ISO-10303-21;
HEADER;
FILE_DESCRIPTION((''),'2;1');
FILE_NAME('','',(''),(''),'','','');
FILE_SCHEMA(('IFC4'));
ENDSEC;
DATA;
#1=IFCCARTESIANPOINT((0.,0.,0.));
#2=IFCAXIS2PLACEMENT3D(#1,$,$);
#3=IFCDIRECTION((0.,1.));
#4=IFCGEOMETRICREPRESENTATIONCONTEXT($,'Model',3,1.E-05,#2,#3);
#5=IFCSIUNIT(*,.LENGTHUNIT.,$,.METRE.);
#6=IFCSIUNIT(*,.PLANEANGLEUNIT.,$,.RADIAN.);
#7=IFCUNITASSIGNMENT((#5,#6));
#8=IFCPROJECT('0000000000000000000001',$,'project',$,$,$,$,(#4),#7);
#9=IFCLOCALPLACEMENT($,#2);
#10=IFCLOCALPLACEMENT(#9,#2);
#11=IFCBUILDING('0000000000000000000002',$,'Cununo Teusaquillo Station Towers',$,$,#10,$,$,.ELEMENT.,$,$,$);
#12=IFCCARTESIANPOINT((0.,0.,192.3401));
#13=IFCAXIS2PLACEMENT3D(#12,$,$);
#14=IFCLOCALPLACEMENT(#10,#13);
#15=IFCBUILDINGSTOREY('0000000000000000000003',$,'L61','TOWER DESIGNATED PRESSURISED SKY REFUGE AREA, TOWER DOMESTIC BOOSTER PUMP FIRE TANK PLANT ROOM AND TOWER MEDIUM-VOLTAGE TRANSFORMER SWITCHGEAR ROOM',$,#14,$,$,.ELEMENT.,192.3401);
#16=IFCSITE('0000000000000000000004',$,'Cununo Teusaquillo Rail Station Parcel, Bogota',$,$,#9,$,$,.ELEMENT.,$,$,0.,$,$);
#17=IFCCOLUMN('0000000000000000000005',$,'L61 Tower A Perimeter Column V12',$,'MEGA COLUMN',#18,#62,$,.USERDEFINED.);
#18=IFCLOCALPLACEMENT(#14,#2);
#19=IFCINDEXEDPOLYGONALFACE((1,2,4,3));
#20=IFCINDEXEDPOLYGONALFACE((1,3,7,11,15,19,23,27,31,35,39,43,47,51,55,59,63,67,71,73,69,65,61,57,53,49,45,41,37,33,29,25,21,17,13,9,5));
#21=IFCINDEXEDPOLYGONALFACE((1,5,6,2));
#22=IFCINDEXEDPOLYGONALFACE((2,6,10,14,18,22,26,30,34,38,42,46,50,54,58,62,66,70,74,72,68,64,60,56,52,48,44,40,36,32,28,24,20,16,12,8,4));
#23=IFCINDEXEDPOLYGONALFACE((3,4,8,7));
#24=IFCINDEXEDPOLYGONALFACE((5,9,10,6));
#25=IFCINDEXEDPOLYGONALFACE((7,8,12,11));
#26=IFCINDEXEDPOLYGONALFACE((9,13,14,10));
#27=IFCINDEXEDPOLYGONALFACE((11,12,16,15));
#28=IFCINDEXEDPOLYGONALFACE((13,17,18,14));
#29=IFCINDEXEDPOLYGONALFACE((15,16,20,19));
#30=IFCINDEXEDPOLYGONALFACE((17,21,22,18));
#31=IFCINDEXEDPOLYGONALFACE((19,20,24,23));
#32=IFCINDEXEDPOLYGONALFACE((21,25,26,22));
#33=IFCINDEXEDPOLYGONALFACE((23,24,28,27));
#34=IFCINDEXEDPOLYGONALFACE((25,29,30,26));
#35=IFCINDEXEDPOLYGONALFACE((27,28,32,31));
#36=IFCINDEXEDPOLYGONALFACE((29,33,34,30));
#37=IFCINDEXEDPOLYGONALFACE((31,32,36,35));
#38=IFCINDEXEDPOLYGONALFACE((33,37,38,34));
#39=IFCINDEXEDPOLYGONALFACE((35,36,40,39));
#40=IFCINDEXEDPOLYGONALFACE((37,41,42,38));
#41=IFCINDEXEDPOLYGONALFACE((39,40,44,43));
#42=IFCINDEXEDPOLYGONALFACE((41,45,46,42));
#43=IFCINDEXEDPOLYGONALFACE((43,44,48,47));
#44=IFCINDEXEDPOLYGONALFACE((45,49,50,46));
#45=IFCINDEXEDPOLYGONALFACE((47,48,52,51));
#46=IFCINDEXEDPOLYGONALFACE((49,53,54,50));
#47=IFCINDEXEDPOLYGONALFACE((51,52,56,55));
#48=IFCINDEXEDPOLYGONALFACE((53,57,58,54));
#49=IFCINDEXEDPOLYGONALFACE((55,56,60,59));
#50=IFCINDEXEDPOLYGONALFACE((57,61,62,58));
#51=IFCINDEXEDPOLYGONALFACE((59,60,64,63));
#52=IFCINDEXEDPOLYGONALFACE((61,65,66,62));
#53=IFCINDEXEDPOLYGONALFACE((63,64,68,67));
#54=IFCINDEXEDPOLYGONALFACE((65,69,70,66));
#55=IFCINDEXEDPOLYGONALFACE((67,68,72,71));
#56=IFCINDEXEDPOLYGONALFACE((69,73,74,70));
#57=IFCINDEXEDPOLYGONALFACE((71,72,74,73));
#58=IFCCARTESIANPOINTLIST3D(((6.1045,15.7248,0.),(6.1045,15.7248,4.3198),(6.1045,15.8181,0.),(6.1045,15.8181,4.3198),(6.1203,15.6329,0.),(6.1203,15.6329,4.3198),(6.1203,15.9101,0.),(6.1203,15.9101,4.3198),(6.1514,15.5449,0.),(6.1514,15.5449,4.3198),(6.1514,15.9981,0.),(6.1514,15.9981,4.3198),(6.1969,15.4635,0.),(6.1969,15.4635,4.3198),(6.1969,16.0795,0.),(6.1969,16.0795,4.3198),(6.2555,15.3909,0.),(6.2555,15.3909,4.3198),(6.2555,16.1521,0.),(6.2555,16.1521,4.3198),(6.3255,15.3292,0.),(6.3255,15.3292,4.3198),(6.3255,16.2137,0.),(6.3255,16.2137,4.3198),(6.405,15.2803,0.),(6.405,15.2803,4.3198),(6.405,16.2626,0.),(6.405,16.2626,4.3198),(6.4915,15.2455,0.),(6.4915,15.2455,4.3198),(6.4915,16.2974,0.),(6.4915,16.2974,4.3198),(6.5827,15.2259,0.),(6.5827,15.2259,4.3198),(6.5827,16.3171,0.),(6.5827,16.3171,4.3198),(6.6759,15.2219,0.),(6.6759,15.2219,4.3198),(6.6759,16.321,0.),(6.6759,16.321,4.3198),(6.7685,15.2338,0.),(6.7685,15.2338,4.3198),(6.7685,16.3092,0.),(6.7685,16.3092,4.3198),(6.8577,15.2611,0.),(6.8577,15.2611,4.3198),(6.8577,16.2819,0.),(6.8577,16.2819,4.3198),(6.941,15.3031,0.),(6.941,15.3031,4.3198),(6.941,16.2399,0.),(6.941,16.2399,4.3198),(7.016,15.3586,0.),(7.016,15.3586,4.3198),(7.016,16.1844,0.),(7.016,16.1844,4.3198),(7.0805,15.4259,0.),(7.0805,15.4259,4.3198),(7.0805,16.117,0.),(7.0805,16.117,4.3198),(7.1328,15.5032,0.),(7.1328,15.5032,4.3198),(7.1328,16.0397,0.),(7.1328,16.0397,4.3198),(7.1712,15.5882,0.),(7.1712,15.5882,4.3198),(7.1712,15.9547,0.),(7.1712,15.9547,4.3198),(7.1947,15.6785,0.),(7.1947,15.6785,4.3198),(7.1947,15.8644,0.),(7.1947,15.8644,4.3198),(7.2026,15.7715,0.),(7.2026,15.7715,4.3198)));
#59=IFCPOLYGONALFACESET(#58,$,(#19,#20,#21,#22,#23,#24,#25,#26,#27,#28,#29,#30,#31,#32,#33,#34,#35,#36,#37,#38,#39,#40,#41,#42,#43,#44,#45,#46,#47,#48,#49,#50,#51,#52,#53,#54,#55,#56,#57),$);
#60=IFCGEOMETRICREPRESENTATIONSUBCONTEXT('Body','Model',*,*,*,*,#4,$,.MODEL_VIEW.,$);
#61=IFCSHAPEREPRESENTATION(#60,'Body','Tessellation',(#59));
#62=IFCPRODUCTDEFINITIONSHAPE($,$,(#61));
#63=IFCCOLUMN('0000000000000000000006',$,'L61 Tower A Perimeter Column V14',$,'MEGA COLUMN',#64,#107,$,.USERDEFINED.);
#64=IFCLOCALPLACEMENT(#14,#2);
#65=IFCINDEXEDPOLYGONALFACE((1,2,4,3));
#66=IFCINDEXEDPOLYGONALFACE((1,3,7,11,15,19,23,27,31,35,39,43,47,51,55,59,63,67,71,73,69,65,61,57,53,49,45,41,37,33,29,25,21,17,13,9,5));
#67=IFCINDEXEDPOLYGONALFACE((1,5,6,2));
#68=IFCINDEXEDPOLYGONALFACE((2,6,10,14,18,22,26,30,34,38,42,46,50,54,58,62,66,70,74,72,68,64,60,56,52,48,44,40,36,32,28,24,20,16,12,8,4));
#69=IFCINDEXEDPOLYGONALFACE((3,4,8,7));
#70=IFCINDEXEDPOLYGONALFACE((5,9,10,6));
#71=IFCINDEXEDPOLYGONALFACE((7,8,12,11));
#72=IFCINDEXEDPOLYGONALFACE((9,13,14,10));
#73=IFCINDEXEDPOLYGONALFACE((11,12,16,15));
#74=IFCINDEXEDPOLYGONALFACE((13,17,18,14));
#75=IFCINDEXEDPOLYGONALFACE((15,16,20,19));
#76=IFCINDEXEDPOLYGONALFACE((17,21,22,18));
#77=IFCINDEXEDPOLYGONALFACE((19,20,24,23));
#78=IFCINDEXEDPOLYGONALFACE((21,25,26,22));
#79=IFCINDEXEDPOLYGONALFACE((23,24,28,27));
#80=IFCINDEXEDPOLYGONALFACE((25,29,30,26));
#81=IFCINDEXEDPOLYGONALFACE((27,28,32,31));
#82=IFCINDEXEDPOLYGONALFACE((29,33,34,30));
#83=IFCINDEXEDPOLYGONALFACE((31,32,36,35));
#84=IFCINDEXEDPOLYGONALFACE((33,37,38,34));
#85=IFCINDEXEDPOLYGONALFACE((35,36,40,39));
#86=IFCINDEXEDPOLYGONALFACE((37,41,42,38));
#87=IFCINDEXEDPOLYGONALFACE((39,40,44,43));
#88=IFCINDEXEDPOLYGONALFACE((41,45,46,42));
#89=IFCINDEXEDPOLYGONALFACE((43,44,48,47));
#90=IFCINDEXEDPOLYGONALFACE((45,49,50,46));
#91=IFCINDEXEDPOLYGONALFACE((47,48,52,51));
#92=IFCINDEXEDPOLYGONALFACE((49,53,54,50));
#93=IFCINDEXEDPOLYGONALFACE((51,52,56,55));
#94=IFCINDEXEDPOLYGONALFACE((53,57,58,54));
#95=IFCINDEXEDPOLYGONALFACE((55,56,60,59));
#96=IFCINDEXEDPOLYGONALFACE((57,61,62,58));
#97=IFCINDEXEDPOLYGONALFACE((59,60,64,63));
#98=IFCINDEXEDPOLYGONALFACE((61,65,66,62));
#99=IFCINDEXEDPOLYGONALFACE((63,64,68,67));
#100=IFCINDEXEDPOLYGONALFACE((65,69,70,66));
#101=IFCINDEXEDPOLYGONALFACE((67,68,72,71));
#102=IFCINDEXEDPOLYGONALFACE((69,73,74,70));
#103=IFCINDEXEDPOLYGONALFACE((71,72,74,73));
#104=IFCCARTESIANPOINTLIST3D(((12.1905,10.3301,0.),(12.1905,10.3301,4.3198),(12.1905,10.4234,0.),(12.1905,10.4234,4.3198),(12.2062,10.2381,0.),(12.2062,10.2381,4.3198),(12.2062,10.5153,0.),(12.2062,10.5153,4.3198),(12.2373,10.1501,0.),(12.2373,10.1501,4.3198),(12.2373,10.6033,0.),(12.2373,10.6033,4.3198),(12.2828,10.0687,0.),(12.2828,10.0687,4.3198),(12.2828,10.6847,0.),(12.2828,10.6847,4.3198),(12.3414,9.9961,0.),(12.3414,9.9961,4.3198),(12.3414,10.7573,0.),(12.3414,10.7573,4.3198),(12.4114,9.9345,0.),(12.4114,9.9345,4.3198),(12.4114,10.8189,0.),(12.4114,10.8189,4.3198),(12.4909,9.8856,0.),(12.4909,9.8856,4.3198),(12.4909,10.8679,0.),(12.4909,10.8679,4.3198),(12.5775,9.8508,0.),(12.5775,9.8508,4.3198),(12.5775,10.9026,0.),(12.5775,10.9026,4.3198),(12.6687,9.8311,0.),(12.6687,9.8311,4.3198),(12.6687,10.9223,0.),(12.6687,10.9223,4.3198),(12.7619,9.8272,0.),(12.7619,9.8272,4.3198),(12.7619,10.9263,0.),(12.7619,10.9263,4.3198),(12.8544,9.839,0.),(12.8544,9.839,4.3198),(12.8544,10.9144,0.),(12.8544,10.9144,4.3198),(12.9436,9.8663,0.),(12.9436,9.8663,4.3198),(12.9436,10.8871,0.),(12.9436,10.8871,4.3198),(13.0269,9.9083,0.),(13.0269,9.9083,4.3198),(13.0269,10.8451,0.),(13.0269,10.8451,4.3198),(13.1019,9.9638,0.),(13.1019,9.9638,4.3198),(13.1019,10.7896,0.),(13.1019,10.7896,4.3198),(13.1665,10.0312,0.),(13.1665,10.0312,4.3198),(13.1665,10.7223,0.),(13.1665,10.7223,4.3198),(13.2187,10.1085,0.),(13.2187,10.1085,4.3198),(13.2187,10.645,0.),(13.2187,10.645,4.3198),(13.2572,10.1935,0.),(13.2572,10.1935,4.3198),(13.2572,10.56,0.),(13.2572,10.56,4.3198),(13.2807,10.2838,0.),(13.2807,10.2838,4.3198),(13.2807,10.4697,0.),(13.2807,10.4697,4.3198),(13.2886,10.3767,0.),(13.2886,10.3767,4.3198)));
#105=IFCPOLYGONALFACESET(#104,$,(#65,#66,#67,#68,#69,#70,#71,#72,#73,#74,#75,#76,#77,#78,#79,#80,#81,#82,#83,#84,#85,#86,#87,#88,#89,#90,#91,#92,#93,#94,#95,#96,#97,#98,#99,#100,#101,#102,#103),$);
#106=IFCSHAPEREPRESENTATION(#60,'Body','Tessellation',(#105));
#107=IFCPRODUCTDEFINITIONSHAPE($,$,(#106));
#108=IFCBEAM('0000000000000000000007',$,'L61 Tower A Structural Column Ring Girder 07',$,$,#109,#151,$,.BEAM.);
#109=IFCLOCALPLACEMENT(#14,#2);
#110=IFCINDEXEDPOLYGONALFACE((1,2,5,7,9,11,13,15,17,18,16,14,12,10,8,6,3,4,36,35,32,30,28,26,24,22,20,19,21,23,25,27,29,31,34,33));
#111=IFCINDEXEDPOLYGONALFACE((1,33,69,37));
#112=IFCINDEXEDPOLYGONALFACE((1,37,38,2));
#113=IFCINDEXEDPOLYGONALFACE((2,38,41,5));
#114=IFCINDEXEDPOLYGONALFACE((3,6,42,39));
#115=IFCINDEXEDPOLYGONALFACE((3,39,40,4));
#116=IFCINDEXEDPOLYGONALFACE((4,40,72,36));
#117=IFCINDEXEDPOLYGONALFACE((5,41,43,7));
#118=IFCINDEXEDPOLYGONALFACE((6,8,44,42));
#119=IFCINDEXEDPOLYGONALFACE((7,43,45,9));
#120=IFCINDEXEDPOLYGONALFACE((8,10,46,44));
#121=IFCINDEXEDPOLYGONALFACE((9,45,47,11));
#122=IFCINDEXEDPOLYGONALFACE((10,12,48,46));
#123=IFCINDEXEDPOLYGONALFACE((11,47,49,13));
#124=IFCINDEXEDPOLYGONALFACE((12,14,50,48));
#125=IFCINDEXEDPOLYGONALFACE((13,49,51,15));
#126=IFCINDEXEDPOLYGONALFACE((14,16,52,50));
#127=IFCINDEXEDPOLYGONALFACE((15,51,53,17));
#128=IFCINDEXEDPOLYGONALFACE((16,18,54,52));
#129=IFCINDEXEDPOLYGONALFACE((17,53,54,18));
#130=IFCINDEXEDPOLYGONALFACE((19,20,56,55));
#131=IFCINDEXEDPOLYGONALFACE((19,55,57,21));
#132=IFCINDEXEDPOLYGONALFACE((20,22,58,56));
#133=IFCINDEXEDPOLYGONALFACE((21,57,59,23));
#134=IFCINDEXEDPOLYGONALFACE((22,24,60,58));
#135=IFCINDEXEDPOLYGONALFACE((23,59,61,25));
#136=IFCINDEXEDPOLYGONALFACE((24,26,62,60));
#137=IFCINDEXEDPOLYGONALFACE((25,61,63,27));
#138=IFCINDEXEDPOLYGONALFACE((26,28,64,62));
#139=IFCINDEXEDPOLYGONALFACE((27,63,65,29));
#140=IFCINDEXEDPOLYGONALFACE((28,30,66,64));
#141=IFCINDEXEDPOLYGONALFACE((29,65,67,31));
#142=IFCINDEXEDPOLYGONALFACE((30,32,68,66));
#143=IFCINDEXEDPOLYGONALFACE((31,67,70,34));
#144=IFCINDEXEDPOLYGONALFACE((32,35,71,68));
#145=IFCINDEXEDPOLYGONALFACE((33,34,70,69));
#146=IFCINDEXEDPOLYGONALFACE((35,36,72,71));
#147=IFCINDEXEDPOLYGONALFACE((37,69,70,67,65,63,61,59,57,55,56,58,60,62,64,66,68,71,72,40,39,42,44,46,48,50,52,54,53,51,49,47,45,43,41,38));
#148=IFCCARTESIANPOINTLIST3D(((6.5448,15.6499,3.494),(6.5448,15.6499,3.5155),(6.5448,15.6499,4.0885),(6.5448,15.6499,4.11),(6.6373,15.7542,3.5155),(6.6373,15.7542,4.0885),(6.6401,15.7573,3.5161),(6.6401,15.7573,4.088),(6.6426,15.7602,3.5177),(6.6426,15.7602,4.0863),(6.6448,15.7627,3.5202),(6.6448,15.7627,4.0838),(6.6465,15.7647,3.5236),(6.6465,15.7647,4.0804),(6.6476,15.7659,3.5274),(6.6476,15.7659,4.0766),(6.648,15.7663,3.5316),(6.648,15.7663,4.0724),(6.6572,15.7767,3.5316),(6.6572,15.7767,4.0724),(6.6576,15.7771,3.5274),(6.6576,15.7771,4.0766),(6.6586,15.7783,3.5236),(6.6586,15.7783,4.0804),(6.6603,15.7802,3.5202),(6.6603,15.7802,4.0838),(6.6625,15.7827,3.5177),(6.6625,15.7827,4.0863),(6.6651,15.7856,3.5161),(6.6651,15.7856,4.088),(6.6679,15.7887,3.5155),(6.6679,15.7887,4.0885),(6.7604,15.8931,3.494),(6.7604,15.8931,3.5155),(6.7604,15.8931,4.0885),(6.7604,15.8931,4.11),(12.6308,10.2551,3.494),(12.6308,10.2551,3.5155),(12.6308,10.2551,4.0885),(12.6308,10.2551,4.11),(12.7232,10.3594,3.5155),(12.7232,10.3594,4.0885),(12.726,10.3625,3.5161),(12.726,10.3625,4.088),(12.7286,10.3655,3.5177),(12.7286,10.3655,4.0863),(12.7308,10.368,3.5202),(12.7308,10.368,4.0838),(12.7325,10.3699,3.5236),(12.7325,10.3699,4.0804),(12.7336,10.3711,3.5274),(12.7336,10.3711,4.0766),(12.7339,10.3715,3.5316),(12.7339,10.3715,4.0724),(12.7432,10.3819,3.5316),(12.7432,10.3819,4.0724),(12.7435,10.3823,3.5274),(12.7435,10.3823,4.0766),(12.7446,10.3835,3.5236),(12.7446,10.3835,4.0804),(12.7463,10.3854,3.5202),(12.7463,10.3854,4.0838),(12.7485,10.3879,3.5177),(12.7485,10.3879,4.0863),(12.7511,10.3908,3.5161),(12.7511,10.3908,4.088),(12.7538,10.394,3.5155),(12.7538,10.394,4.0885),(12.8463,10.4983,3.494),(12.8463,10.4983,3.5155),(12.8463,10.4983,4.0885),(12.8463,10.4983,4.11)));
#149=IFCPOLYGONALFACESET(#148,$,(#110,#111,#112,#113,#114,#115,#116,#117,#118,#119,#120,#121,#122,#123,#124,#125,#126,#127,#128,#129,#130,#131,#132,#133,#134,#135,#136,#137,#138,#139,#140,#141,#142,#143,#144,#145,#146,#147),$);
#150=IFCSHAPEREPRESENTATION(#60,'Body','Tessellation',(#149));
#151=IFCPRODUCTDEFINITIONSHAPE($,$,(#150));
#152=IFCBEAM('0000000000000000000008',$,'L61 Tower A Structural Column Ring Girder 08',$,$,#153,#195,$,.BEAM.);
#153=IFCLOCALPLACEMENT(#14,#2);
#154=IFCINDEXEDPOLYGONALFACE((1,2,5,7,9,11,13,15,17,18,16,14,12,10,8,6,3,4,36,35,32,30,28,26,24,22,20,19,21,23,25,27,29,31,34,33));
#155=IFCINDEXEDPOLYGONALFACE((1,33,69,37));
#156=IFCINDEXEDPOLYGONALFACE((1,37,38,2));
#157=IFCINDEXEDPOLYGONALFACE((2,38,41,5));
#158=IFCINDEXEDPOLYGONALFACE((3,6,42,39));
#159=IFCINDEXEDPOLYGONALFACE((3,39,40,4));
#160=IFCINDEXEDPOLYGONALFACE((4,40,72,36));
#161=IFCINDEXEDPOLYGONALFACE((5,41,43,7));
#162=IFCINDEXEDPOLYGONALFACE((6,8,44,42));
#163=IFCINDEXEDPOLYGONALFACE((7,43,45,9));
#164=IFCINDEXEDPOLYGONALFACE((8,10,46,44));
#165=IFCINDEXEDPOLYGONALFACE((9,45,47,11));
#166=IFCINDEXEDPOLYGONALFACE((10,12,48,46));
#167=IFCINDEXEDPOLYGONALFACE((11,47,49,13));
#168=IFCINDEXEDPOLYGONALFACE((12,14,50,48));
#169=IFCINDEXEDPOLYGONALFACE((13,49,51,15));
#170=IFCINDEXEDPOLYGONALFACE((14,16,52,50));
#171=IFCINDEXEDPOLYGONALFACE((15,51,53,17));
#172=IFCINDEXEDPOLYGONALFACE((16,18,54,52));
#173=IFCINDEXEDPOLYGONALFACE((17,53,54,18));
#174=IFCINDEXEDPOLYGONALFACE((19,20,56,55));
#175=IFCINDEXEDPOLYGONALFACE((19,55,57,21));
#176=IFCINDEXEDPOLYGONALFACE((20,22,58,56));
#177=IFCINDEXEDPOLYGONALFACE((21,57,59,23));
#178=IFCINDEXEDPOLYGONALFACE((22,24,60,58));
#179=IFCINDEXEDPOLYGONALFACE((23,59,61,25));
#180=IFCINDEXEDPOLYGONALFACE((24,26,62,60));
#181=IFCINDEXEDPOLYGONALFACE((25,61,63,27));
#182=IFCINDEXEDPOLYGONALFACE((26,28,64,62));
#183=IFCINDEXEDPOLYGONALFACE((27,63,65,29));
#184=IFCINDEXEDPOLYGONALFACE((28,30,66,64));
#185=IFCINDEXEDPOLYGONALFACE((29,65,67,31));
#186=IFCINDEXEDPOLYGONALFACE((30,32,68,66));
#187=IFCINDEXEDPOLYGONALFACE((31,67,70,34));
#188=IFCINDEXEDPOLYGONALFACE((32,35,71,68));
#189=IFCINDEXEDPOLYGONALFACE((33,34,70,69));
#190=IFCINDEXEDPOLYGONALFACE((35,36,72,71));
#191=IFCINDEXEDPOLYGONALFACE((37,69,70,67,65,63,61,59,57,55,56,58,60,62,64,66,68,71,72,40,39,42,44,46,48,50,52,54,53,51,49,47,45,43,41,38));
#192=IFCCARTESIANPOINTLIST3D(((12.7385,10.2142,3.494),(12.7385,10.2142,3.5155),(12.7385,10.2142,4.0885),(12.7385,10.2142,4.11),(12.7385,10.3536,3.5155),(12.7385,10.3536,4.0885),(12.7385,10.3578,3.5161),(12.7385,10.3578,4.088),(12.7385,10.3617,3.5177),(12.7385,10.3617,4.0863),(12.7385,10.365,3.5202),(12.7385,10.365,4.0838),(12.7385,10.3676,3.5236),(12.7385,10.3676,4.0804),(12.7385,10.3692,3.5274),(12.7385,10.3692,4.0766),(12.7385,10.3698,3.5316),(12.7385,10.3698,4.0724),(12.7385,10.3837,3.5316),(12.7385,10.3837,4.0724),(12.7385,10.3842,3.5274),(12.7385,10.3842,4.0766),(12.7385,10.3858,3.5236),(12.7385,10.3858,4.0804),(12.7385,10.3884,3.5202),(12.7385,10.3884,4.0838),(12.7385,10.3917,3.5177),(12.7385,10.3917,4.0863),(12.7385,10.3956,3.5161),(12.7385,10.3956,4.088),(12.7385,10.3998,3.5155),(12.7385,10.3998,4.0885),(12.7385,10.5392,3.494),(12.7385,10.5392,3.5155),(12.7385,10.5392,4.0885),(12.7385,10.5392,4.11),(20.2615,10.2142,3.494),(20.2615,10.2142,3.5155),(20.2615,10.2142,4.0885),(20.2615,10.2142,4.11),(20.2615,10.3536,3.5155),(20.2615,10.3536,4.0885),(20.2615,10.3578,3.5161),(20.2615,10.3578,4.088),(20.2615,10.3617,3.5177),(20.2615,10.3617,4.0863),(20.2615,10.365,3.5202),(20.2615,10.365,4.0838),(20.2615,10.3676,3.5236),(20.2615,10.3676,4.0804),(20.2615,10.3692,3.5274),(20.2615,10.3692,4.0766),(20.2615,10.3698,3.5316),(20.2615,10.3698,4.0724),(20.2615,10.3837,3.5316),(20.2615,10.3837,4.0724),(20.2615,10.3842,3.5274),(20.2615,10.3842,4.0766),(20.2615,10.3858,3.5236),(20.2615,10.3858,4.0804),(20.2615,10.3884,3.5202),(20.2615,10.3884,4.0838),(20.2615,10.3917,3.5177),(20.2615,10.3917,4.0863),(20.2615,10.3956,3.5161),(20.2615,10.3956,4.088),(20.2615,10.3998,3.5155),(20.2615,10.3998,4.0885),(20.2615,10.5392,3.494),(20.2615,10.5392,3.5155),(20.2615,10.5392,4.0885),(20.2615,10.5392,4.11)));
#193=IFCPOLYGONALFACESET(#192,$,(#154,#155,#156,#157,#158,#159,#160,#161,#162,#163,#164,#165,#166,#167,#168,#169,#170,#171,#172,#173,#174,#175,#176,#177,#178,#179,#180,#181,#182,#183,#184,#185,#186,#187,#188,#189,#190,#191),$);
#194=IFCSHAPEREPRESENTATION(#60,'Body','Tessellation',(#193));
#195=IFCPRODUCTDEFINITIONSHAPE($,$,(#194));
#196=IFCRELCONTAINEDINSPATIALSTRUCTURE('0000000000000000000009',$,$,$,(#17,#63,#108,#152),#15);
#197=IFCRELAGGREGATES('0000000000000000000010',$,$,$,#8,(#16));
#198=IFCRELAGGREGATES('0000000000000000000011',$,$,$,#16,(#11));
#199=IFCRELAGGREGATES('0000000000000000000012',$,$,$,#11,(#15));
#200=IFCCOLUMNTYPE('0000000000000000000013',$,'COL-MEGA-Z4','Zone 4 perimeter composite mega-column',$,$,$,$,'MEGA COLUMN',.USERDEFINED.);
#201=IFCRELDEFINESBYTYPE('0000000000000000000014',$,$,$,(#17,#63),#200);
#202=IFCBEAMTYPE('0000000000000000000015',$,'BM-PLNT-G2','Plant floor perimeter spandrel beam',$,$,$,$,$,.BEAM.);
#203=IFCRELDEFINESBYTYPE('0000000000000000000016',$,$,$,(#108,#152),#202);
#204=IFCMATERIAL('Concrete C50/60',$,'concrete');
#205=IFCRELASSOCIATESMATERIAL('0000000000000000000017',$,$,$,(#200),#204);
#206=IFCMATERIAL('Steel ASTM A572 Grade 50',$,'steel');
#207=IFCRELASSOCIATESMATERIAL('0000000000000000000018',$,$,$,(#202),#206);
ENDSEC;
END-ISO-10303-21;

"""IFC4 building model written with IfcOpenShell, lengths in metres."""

from ifc_helpers import new_model, si_unit, direction, frame, origin, origin_2d, place, context, subcontext, project, spatial, circle, i_section, extrude, material, material_profile, profile_set, type_object, element, save


model = new_model("IFC4")

# Units and contexts
model_context = context("Model", 3, precision=1e-05, world=origin(), true_north=direction((0.0, 1.0)))
body_context = subcontext(model_context, "Body", "Model", "MODEL_VIEW")
ifc_project = project(units=[si_unit("LENGTHUNIT", "METRE"), si_unit("PLANEANGLEUNIT", "RADIAN")], contexts=[model_context])

# Site, building, storey
site_placement = place(None, origin())
site = spatial("IfcSite", under=ifc_project, at=site_placement, Name="Cununo Teusaquillo Rail Station Parcel, Bogota", CompositionType="ELEMENT", RefElevation=0.0)
building_placement = place(site_placement, origin())
building = spatial("IfcBuilding", under=site, at=building_placement, Name="Cununo Teusaquillo Station Towers", CompositionType="ELEMENT")
storey_placement = place(building_placement, frame((0.0, 0.0, 192.3401)))
storey = spatial("IfcBuildingStorey", under=building, at=storey_placement, Name="L61", Description="TOWER DESIGNATED PRESSURISED SKY REFUGE AREA, TOWER DOMESTIC BOOSTER PUMP FIRE TANK PLANT ROOM AND TOWER MEDIUM-VOLTAGE TRANSFORMER SWITCHGEAR ROOM", CompositionType="ELEMENT", Elevation=192.3401)

# Columns
ifc_material_1 = material(Name="Concrete C50/60", Category="concrete")
ifc_material_profile_1 = material_profile(ifc_material_1, circle(Radius=0.55, at=origin_2d()), Name="RC-CIRC-1100")
ifc_profile_set_1 = profile_set([ifc_material_profile_1], Name="Concrete C50/60")
column_type = type_object("IfcColumnType", Name="COL-MEGA-Z4", Description="Zone 4 perimeter composite mega-column", ElementType="MEGA COLUMN", PredefinedType="USERDEFINED", material=ifc_profile_set_1)
for number, where, z_axis, x_axis, name in (
    (1, (6.6526, 15.7715, 0.0), (0.0, 0.0, 1.0), (1.0, 0.0, 0.0), "L61 Tower A Perimeter Column V12"),
    (2, (12.7385, 10.3767, 0.0), (0.0, 0.0, 1.0), (1.0, 0.0, 0.0), "L61 Tower A Perimeter Column V14"),
):
    element("IfcColumn", number, at=place(storey_placement, frame(where, z_axis=z_axis, x_axis=x_axis)), inside=storey, type_object=column_type, Name=name, ObjectType="MEGA COLUMN", PredefinedType="USERDEFINED", context=body_context, shape_type="SweptSolid", body=[
        extrude(circle(Radius=0.55, at=origin_2d()), origin(), (0.0, 0.0, 1.0), 4.3198),
    ])

# Beams
ifc_material_2 = material(Name="Steel ASTM A572 Grade 50", Category="steel")
ifc_material_profile_2 = material_profile(ifc_material_2, i_section(OverallWidth=0.325, OverallDepth=0.616, WebThickness=0.0139, FlangeThickness=0.0215, FilletRadius=0.0161, at=origin_2d()), Name="W24X117")
ifc_profile_set_2 = profile_set([ifc_material_profile_2], Name="Steel ASTM A572 Grade 50")
beam_type_1 = type_object("IfcBeamType", Name="BM-PLNT-G2", Description="Plant floor perimeter spandrel beam", PredefinedType="BEAM", material=ifc_profile_set_2)
beam_1_placement = place(storey_placement, frame((6.6526, 15.7715, 3.802), z_axis=(0.748321, -0.663337, 0.0), x_axis=(0.663337, 0.748321, 0.0)))
element("IfcBeam", 3, at=beam_1_placement, inside=storey, type_object=beam_type_1, Name="L61 Tower A Structural Column Ring Girder 07", PredefinedType="BEAM", context=body_context, shape_type="SweptSolid", body=[
    extrude(i_section(OverallWidth=0.325, OverallDepth=0.616, WebThickness=0.0139, FlangeThickness=0.0215, FilletRadius=0.0161, at=origin_2d()), origin(), (0.0, 0.0, 1.0), 8.1328),
])
beam_2_placement = place(storey_placement, frame((12.7385, 10.3767, 3.802), z_axis=(1.0, 0.0, 0.0), x_axis=(0.0, 1.0, 0.0)))
element("IfcBeam", 4, at=beam_2_placement, inside=storey, type_object=beam_type_1, Name="L61 Tower A Structural Column Ring Girder 08", PredefinedType="BEAM", context=body_context, shape_type="SweptSolid", body=[
    extrude(i_section(OverallWidth=0.325, OverallDepth=0.616, WebThickness=0.0139, FlangeThickness=0.0215, FilletRadius=0.0161, at=origin_2d()), origin(), (0.0, 0.0, 1.0), 7.5229),
])

save(model, "model.ifc")
